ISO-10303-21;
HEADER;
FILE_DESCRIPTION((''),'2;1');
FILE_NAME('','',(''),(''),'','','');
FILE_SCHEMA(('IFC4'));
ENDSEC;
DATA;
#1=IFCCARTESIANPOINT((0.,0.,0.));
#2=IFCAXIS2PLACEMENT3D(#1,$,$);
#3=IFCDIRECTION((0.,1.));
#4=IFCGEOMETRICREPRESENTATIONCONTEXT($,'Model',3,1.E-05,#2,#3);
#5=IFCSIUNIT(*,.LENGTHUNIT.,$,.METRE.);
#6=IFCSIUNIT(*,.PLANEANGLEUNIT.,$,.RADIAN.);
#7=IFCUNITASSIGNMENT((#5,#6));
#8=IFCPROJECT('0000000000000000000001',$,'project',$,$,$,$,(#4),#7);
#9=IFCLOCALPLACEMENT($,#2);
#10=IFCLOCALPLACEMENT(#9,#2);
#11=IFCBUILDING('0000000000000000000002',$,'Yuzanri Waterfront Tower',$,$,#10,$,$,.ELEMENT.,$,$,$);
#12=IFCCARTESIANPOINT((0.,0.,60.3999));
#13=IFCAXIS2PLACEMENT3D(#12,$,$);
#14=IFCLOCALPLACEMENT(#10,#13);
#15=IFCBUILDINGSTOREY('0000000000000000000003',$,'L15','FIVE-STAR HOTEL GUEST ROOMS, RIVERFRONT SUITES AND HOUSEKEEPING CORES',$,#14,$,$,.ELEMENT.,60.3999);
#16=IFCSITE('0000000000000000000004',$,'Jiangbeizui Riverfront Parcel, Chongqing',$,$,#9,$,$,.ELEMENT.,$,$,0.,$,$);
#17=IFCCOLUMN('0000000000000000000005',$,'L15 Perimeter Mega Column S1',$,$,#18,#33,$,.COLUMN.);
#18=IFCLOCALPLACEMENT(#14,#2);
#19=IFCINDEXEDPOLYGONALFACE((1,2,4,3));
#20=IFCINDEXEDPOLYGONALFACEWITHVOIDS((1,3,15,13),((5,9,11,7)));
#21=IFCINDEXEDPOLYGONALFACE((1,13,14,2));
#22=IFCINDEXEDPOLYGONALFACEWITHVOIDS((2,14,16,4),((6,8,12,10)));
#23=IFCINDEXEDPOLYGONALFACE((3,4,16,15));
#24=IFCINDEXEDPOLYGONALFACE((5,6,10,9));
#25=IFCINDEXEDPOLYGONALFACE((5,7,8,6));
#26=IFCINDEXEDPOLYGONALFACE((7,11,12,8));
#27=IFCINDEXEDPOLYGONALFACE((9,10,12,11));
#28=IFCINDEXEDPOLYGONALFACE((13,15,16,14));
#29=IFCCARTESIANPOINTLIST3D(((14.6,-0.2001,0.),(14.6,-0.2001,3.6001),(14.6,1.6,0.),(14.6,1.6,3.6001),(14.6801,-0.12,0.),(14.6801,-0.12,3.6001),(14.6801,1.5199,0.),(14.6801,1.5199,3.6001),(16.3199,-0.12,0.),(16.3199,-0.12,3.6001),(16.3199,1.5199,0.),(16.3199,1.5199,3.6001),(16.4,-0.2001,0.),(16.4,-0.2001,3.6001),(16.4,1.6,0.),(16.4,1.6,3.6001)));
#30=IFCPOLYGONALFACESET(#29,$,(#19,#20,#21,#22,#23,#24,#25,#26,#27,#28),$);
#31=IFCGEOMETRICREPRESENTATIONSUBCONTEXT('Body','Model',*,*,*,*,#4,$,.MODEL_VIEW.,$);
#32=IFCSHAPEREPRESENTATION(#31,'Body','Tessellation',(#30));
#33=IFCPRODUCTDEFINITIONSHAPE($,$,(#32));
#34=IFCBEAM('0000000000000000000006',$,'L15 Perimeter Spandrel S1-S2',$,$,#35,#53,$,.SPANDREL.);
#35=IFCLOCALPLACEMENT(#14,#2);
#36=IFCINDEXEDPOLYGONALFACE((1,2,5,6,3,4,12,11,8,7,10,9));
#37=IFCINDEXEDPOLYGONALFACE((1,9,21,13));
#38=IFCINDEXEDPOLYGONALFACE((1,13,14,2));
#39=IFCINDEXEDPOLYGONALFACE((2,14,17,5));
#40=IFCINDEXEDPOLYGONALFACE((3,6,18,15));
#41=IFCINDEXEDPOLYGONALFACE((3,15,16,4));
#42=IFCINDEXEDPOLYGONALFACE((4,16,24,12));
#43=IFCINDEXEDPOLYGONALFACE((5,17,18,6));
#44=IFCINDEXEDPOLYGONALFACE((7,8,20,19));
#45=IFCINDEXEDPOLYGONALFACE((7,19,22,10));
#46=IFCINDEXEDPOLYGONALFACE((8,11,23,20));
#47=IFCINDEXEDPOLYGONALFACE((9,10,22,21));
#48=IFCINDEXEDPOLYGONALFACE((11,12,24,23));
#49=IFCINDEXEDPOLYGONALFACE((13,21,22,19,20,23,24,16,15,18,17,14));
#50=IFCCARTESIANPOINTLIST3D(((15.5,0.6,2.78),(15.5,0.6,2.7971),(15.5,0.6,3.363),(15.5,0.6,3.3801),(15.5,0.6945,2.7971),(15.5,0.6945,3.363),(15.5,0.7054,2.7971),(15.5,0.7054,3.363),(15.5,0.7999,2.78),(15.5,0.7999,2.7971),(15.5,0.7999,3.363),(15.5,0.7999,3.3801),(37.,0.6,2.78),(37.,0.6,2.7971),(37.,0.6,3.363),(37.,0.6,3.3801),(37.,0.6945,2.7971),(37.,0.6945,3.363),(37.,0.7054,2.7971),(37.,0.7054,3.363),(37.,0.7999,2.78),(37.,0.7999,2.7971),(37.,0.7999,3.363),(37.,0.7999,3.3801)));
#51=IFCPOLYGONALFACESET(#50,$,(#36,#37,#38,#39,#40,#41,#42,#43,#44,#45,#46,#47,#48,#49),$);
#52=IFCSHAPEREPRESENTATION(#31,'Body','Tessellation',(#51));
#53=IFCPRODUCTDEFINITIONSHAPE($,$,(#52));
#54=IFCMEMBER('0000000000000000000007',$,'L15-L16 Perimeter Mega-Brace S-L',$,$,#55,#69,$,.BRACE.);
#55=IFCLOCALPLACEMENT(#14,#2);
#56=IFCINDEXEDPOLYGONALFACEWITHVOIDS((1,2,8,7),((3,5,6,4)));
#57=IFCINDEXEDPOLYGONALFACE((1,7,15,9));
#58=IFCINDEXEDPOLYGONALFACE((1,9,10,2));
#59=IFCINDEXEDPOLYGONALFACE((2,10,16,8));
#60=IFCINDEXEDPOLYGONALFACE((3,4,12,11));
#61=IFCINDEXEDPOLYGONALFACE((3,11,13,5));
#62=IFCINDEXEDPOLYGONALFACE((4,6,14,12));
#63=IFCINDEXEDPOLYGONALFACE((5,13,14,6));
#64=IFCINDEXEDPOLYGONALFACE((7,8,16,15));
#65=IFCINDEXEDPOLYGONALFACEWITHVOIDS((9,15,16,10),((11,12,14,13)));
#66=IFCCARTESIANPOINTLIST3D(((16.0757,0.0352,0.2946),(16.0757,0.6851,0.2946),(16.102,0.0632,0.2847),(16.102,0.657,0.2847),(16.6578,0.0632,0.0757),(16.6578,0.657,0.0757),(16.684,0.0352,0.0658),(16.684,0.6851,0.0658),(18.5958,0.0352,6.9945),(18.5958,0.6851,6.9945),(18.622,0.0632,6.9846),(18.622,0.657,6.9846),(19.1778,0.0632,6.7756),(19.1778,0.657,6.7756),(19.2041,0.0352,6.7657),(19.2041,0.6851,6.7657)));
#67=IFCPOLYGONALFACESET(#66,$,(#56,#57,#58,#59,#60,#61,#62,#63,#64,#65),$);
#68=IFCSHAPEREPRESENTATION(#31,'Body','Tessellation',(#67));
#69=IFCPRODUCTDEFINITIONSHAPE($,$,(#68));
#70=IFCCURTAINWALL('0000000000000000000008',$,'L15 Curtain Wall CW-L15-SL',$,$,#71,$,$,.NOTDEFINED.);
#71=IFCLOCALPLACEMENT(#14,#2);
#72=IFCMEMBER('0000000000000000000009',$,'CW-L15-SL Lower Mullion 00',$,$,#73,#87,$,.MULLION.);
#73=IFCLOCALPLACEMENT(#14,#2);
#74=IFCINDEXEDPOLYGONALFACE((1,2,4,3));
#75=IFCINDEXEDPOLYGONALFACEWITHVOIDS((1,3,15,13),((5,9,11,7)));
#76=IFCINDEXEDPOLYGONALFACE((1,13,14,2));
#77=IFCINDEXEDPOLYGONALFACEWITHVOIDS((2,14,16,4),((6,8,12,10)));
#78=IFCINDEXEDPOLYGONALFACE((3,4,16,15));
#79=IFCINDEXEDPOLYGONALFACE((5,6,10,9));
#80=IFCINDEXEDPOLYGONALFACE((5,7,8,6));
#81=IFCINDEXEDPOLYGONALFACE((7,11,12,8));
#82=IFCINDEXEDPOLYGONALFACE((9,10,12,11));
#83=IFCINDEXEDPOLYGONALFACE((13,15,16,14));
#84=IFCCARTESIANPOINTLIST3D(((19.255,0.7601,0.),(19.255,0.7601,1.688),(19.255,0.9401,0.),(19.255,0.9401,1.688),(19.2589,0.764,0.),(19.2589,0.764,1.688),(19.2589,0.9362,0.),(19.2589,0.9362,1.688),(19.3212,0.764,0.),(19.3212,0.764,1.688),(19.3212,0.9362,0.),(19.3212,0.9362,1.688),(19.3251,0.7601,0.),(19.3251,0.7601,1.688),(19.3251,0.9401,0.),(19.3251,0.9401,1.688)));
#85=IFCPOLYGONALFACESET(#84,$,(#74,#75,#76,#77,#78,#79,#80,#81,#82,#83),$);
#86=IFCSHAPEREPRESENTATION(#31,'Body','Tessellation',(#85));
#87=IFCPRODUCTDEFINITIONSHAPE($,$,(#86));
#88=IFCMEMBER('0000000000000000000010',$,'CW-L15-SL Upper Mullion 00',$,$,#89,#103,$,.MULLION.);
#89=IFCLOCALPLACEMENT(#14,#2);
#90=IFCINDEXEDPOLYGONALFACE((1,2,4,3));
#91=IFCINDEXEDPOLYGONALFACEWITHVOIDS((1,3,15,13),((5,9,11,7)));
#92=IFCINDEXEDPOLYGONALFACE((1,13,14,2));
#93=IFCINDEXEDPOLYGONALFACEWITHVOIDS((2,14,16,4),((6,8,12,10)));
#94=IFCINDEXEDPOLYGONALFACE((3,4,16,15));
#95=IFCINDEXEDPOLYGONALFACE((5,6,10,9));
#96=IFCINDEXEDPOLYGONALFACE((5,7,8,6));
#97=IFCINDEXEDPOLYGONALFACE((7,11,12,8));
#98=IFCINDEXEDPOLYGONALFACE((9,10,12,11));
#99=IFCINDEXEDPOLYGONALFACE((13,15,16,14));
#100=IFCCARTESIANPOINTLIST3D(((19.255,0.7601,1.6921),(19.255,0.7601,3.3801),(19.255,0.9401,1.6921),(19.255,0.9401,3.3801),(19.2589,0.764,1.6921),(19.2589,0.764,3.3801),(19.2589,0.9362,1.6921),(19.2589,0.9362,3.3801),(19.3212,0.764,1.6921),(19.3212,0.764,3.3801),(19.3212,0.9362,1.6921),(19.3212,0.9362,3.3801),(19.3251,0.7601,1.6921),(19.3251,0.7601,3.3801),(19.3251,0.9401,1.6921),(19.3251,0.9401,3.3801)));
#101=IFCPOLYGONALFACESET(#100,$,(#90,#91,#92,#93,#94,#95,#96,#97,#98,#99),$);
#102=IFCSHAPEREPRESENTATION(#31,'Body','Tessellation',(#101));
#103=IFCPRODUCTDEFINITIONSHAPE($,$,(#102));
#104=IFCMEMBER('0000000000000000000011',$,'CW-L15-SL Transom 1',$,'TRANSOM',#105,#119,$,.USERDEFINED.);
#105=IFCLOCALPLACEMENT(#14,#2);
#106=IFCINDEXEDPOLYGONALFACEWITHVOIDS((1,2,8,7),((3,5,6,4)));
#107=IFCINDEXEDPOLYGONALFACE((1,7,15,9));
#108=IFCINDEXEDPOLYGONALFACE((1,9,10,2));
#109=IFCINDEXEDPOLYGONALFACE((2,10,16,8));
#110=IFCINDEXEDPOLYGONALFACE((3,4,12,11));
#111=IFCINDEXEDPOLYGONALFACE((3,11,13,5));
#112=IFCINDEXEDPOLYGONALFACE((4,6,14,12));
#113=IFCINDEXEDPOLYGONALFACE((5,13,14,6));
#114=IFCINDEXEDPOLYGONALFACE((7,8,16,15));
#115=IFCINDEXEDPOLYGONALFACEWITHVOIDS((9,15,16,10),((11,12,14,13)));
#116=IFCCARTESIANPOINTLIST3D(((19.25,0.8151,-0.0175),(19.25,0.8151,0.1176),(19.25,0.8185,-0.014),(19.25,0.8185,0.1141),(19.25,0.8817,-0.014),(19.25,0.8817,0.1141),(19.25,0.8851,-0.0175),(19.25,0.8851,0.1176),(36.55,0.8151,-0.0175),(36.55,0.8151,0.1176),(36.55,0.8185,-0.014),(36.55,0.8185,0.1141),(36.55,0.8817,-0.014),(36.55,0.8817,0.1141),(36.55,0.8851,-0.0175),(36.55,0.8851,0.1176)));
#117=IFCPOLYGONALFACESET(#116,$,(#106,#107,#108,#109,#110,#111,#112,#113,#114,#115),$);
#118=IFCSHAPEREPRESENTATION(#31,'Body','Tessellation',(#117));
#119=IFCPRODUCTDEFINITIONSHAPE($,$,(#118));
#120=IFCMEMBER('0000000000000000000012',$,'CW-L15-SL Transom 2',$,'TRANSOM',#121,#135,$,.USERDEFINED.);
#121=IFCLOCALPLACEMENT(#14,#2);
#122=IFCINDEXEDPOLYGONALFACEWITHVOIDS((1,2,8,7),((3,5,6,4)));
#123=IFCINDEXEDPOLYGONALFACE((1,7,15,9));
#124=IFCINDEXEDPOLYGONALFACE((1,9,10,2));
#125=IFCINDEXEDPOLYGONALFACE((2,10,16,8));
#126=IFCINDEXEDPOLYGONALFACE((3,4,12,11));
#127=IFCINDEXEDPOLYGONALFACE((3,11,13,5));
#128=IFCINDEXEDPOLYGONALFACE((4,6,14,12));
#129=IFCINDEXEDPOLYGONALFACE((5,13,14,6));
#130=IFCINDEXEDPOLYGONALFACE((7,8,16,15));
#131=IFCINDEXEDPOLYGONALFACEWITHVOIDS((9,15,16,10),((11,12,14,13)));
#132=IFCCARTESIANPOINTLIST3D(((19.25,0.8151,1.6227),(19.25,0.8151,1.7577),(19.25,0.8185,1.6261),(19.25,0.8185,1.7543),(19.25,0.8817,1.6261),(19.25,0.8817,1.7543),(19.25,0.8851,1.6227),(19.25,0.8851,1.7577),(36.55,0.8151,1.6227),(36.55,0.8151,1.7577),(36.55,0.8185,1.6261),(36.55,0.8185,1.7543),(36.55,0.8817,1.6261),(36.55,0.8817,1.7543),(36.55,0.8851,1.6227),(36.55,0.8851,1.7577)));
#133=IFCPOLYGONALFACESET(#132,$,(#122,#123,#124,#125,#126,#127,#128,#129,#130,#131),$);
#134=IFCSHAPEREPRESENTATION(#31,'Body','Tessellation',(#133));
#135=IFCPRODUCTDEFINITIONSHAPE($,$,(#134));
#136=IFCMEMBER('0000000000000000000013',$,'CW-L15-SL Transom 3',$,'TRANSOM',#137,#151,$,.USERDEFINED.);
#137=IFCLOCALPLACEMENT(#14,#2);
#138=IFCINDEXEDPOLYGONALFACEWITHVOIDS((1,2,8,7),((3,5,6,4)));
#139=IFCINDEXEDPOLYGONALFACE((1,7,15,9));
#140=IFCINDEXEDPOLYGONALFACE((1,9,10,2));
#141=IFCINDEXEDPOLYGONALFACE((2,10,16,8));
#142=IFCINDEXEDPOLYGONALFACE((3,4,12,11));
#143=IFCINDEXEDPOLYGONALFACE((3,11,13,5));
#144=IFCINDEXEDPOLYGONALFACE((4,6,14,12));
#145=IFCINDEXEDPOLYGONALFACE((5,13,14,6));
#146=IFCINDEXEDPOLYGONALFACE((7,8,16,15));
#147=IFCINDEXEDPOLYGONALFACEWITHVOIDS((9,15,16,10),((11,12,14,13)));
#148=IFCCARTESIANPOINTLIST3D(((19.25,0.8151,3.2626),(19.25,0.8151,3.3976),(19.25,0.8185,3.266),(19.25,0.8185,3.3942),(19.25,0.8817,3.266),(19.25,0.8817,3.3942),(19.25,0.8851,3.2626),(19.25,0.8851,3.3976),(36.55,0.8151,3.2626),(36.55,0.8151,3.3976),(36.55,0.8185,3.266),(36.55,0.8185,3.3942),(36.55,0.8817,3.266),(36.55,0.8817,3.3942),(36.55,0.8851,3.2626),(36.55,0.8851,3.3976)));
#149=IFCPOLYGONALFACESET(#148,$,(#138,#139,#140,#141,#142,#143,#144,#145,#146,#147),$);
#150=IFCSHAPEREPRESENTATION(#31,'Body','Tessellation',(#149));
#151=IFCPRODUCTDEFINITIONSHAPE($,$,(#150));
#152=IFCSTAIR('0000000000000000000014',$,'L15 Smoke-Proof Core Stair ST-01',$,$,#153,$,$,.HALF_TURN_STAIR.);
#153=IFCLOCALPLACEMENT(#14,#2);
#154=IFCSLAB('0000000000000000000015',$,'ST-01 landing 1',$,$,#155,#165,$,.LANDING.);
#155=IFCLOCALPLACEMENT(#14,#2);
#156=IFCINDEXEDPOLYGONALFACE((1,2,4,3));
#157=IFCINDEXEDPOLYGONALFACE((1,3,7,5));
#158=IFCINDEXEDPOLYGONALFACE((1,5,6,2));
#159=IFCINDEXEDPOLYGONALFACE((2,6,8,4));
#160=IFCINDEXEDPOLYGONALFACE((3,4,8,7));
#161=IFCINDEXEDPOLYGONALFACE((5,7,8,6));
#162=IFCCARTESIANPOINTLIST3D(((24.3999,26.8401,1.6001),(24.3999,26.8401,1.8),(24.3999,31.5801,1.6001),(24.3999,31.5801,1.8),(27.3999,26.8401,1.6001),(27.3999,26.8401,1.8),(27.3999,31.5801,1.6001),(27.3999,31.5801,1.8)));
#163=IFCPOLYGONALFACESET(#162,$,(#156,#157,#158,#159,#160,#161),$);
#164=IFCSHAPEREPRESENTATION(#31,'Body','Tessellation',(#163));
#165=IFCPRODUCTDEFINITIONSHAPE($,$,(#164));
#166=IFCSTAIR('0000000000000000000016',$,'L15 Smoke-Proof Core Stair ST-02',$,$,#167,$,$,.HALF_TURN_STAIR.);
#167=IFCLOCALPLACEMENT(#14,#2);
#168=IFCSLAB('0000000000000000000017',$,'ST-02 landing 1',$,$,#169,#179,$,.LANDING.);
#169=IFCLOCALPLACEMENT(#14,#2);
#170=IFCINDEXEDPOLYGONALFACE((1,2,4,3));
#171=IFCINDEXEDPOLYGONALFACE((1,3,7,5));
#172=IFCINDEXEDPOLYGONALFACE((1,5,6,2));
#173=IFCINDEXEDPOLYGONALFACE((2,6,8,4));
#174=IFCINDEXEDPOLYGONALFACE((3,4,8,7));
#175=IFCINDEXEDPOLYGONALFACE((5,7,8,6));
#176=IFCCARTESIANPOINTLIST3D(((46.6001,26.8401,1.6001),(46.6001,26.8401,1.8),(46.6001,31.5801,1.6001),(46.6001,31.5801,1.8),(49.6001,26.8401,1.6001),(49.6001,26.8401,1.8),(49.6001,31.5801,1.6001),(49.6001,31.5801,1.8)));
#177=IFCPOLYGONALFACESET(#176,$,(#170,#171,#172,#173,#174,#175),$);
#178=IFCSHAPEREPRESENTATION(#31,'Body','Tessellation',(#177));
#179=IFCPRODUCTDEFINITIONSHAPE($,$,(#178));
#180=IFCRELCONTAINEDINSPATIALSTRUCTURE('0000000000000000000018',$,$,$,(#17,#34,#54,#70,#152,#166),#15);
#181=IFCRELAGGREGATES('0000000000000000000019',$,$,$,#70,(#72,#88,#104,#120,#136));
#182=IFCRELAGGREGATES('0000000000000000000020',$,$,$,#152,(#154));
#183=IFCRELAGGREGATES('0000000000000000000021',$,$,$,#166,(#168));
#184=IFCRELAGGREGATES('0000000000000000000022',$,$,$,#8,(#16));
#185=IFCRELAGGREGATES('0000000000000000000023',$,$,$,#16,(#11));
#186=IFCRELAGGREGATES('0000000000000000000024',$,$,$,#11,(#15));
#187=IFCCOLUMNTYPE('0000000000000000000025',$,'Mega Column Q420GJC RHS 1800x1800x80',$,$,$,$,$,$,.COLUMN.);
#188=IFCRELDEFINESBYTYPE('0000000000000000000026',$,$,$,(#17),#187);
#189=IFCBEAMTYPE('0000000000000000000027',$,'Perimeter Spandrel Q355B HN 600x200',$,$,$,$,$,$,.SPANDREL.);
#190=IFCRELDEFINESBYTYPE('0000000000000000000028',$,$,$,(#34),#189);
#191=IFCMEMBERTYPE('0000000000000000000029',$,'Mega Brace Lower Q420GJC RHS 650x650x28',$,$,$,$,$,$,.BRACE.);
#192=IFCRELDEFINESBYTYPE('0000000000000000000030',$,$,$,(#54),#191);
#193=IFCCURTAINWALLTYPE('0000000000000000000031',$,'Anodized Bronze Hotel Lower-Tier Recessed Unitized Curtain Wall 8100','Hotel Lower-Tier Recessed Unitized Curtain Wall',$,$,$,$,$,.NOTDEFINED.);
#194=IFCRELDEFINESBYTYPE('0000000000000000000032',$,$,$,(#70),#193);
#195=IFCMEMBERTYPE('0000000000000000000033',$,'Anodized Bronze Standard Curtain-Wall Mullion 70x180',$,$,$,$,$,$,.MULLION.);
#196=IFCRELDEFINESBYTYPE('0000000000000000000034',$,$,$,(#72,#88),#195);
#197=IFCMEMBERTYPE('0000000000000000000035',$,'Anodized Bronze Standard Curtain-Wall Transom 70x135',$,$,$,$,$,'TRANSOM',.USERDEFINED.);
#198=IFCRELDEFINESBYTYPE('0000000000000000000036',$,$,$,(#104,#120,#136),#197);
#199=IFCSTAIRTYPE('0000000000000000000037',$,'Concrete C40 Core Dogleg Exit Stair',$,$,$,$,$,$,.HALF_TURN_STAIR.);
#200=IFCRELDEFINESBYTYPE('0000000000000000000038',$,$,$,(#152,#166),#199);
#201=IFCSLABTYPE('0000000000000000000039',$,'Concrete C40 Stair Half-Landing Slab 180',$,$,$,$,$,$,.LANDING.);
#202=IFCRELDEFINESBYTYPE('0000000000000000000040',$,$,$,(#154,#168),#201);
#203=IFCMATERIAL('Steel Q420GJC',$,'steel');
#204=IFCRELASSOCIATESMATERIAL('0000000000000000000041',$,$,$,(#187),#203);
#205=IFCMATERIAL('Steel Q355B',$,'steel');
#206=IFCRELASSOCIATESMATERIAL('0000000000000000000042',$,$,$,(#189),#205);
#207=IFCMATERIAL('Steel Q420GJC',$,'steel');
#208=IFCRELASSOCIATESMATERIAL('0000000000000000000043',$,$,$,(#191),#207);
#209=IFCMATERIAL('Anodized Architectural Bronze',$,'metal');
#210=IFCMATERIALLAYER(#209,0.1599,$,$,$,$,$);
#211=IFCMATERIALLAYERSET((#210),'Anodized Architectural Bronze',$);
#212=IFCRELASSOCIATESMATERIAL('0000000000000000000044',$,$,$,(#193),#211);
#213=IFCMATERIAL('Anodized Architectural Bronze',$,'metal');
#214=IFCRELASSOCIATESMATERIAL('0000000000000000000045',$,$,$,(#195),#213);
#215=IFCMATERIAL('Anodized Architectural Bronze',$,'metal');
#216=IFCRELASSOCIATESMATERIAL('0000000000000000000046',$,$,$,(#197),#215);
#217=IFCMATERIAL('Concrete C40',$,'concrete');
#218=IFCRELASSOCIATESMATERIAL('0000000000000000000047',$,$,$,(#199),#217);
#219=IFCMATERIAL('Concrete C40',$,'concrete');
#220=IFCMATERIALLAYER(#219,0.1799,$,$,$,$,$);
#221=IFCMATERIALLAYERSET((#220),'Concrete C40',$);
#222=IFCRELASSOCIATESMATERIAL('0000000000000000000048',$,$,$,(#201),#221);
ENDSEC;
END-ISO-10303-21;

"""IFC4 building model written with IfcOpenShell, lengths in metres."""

from ifc_helpers import new_model, si_unit, direction, frame, origin, origin_2d, place, context, subcontext, project, spatial, polyline, hollow_rectangle, i_section, outline, extrude, source, transform, mapped, material, layer, layer_set, material_profile, profile_set, type_object, element, aggregate, save


model = new_model("IFC4")

# Units and contexts
model_context = context("Model", 3, precision=1e-05, world=origin(), true_north=direction((0.0, 1.0)))
body_context = subcontext(model_context, "Body", "Model", "MODEL_VIEW")
ifc_project = project(units=[si_unit("LENGTHUNIT", "METRE"), si_unit("PLANEANGLEUNIT", "RADIAN")], contexts=[model_context])

# Site, building, storey
site_placement = place(None, origin())
site = spatial("IfcSite", under=ifc_project, at=site_placement, Name="Jiangbeizui Riverfront Parcel, Chongqing", CompositionType="ELEMENT", RefElevation=0.0)
building_placement = place(site_placement, origin())
building = spatial("IfcBuilding", under=site, at=building_placement, Name="Yuzanri Waterfront Tower", CompositionType="ELEMENT")
storey_placement = place(building_placement, frame((0.0, 0.0, 60.3999)))
storey = spatial("IfcBuildingStorey", under=building, at=storey_placement, Name="L15", Description="FIVE-STAR HOTEL GUEST ROOMS, RIVERFRONT SUITES AND HOUSEKEEPING CORES", CompositionType="ELEMENT", Elevation=60.3999)

# Column
ifc_material_1 = material(Name="Steel Q420GJC", Category="steel")
ifc_material_profile_1 = material_profile(ifc_material_1, hollow_rectangle(XDim=1.8, YDim=1.8, WallThickness=0.0801, at=origin_2d()), Name="RHS 1800x1800x80")
ifc_profile_set_1 = profile_set([ifc_material_profile_1], Name="Steel Q420GJC")
column_type = type_object("IfcColumnType", Name="Mega Column Q420GJC RHS 1800x1800x80", PredefinedType="COLUMN", material=ifc_profile_set_1)
shared_shape_1 = source(origin(), body_context, "Body", "SweptSolid", [
    extrude(hollow_rectangle(XDim=1.8, YDim=1.8, WallThickness=0.0801, at=origin_2d()), origin(), (0.0, 0.0, 1.0), 3.6001),
])
column_placement = place(storey_placement, frame((15.5, 0.7, 0.0), z_axis=(0.0, 0.0, 1.0), x_axis=(1.0, 0.0, 0.0)))
element("IfcColumn", 1, at=column_placement, inside=storey, type_object=column_type, Name="L15 Perimeter Mega Column S1", PredefinedType="COLUMN", context=body_context, shape_type="MappedRepresentation", body=[
    mapped(shared_shape_1, transform((0.0, 0.0, 0.0), scale=1.0)),
])

# Beam
ifc_material_2 = material(Name="Steel Q355B", Category="steel")
ifc_material_profile_2 = material_profile(ifc_material_2, i_section(OverallWidth=0.2, OverallDepth=0.6001, WebThickness=0.011, FlangeThickness=0.0171, at=origin_2d()), Name="HN 600x200x11x17")
ifc_profile_set_2 = profile_set([ifc_material_profile_2], Name="Steel Q355B")
beam_type = type_object("IfcBeamType", Name="Perimeter Spandrel Q355B HN 600x200", PredefinedType="SPANDREL", material=ifc_profile_set_2)
shared_shape_2 = source(origin(), body_context, "Body", "SweptSolid", [
    extrude(i_section(OverallWidth=0.2, OverallDepth=0.6001, WebThickness=0.011, FlangeThickness=0.0171, at=origin_2d()), origin(), (0.0, 0.0, 1.0), 21.5),
])
beam_placement = place(storey_placement, frame((15.5, 0.7, 3.0801), z_axis=(1.0, 0.0, 0.0), x_axis=(0.0, 1.0, 0.0)))
element("IfcBeam", 2, at=beam_placement, inside=storey, type_object=beam_type, Name="L15 Perimeter Spandrel S1-S2", PredefinedType="SPANDREL", context=body_context, shape_type="MappedRepresentation", body=[
    mapped(shared_shape_2, transform((0.0, 0.0, 0.0), scale=1.0)),
])

# Member
ifc_material_3 = material(Name="Steel Q420GJC", Category="steel")
ifc_material_profile_3 = material_profile(ifc_material_3, hollow_rectangle(XDim=0.6499, YDim=0.6499, WallThickness=0.0281, at=origin_2d()), Name="RHS 650x650x28")
ifc_profile_set_3 = profile_set([ifc_material_profile_3], Name="Steel Q420GJC")
member_type_1 = type_object("IfcMemberType", Name="Mega Brace Lower Q420GJC RHS 650x650x28", PredefinedType="BRACE", material=ifc_profile_set_3)
shared_shape_3 = source(origin(), body_context, "Body", "SweptSolid", [
    extrude(hollow_rectangle(XDim=0.6499, YDim=0.6499, WallThickness=0.0281, at=origin_2d()), origin(), (0.0, 0.0, 1.0), 7.1582),
])
member_1_placement = place(storey_placement, frame((16.3799, 0.3601, 0.1802), z_axis=(0.352046, 0.0, 0.935983), x_axis=(0.0, 1.0, 0.0)))
element("IfcMember", 3, at=member_1_placement, inside=storey, type_object=member_type_1, Name="L15-L16 Perimeter Mega-Brace S-L", PredefinedType="BRACE", context=body_context, shape_type="MappedRepresentation", body=[
    mapped(shared_shape_3, transform((0.0, 0.0, 0.0), scale=1.0)),
])

# Curtain wall, members
ifc_material_4 = material(Name="Anodized Architectural Bronze", Category="metal")
ifc_layer_1 = layer(ifc_material_4, 0.1599)
ifc_layer_set_1 = layer_set([ifc_layer_1], Name="Anodized Architectural Bronze")
curtain_wall_type = type_object("IfcCurtainWallType", Name="Anodized Bronze Hotel Lower-Tier Recessed Unitized Curtain Wall 8100", Description="Hotel Lower-Tier Recessed Unitized Curtain Wall", PredefinedType="NOTDEFINED", material=ifc_layer_set_1)
curtain_wall_placement = place(storey_placement, origin())
curtain_wall = element("IfcCurtainWall", 4, at=curtain_wall_placement, inside=storey, type_object=curtain_wall_type, Name="L15 Curtain Wall CW-L15-SL", PredefinedType="NOTDEFINED")
ifc_material_5 = material(Name="Anodized Architectural Bronze", Category="metal")
ifc_material_profile_4 = material_profile(ifc_material_5, hollow_rectangle(XDim=0.0701, YDim=0.1799, WallThickness=0.0039, at=origin_2d()), Name="CWM 70x180")
ifc_profile_set_4 = profile_set([ifc_material_profile_4], Name="Anodized Architectural Bronze")
member_type_2 = type_object("IfcMemberType", Name="Anodized Bronze Standard Curtain-Wall Mullion 70x180", PredefinedType="MULLION", material=ifc_profile_set_4)
shared_shape_4 = source(origin(), body_context, "Body", "SweptSolid", [
    extrude(hollow_rectangle(XDim=0.0701, YDim=0.1799, WallThickness=0.0039, at=origin_2d()), origin(), (0.0, 0.0, 1.0), 1.688),
])
member_2_placement = place(storey_placement, frame((19.29, 0.8501, 0.0), z_axis=(0.0, 0.0, 1.0), x_axis=(1.0, 0.0, 0.0)))
member_2 = element("IfcMember", 5, at=member_2_placement, type_object=member_type_2, Name="CW-L15-SL Lower Mullion 00", PredefinedType="MULLION", context=body_context, shape_type="MappedRepresentation", body=[
    mapped(shared_shape_4, transform((0.0, 0.0, 0.0), scale=1.0)),
])
member_3_placement = place(storey_placement, frame((19.29, 0.8501, 1.6921), z_axis=(0.0, 0.0, 1.0), x_axis=(1.0, 0.0, 0.0)))
member_3 = element("IfcMember", 6, at=member_3_placement, type_object=member_type_2, Name="CW-L15-SL Upper Mullion 00", PredefinedType="MULLION", context=body_context, shape_type="MappedRepresentation", body=[
    mapped(shared_shape_4, transform((0.0, 0.0, 0.0), scale=1.0)),
])
ifc_material_6 = material(Name="Anodized Architectural Bronze", Category="metal")
ifc_material_profile_5 = material_profile(ifc_material_6, hollow_rectangle(XDim=0.0701, YDim=0.135, WallThickness=0.0034, at=origin_2d()), Name="CWT 70x135")
ifc_profile_set_5 = profile_set([ifc_material_profile_5], Name="Anodized Architectural Bronze")
member_type_3 = type_object("IfcMemberType", Name="Anodized Bronze Standard Curtain-Wall Transom 70x135", ElementType="TRANSOM", PredefinedType="USERDEFINED", material=ifc_profile_set_5)
shared_shape_5 = source(origin(), body_context, "Body", "SweptSolid", [
    extrude(hollow_rectangle(XDim=0.0701, YDim=0.135, WallThickness=0.0034, at=origin_2d()), origin(), (0.0, 0.0, 1.0), 17.3),
])
member_4_placement = place(storey_placement, frame((19.25, 0.8501, 0.05), z_axis=(1.0, 0.0, 0.0), x_axis=(0.0, 1.0, 0.0)))
member_4 = element("IfcMember", 7, at=member_4_placement, type_object=member_type_3, Name="CW-L15-SL Transom 1", ObjectType="TRANSOM", PredefinedType="USERDEFINED", context=body_context, shape_type="MappedRepresentation", body=[
    mapped(shared_shape_5, transform((0.0, 0.0, 0.0), scale=1.0)),
])
member_5_placement = place(storey_placement, frame((19.25, 0.8501, 1.6902), z_axis=(1.0, 0.0, 0.0), x_axis=(0.0, 1.0, 0.0)))
member_5 = element("IfcMember", 8, at=member_5_placement, type_object=member_type_3, Name="CW-L15-SL Transom 2", ObjectType="TRANSOM", PredefinedType="USERDEFINED", context=body_context, shape_type="MappedRepresentation", body=[
    mapped(shared_shape_5, transform((0.0, 0.0, 0.0), scale=1.0)),
])
member_6_placement = place(storey_placement, frame((19.25, 0.8501, 3.3301), z_axis=(1.0, 0.0, 0.0), x_axis=(0.0, 1.0, 0.0)))
member_6 = element("IfcMember", 9, at=member_6_placement, type_object=member_type_3, Name="CW-L15-SL Transom 3", ObjectType="TRANSOM", PredefinedType="USERDEFINED", context=body_context, shape_type="MappedRepresentation", body=[
    mapped(shared_shape_5, transform((0.0, 0.0, 0.0), scale=1.0)),
])
aggregate(curtain_wall, [member_2, member_3, member_4, member_5, member_6])

# Stairs, slabs
ifc_material_7 = material(Name="Concrete C40", Category="concrete")
stair_type = type_object("IfcStairType", Name="Concrete C40 Core Dogleg Exit Stair", PredefinedType="HALF_TURN_STAIR", material=ifc_material_7)
stair_1_placement = place(storey_placement, origin())
stair_1 = element("IfcStair", 10, at=stair_1_placement, inside=storey, type_object=stair_type, Name="L15 Smoke-Proof Core Stair ST-01", PredefinedType="HALF_TURN_STAIR")
ifc_material_8 = material(Name="Concrete C40", Category="concrete")
ifc_layer_2 = layer(ifc_material_8, 0.1799)
ifc_layer_set_2 = layer_set([ifc_layer_2], Name="Concrete C40")
slab_type_1 = type_object("IfcSlabType", Name="Concrete C40 Stair Half-Landing Slab 180", PredefinedType="LANDING", material=ifc_layer_set_2)
slab_1_placement = place(storey_placement, frame((0.0, 0.0, 1.6001)))
slab_1 = element("IfcSlab", 11, at=slab_1_placement, type_object=slab_type_1, Name="ST-01 landing 1", PredefinedType="LANDING", context=body_context, shape_type="SweptSolid", body=[
    extrude(outline(polyline([(27.3999, 26.8401), (27.3999, 31.5801), (24.3999, 31.5801), (24.3999, 26.8401), (27.3999, 26.8401)])), origin(), (0.0, 0.0, 1.0), 0.2),
])
aggregate(stair_1, [slab_1])
stair_2_placement = place(storey_placement, origin())
stair_2 = element("IfcStair", 12, at=stair_2_placement, inside=storey, type_object=stair_type, Name="L15 Smoke-Proof Core Stair ST-02", PredefinedType="HALF_TURN_STAIR")
slab_2_placement = place(storey_placement, frame((0.0, 0.0, 1.6001)))
slab_2 = element("IfcSlab", 13, at=slab_2_placement, type_object=slab_type_1, Name="ST-02 landing 1", PredefinedType="LANDING", context=body_context, shape_type="SweptSolid", body=[
    extrude(outline(polyline([(49.6001, 26.8401), (49.6001, 31.5801), (46.6001, 31.5801), (46.6001, 26.8401), (49.6001, 26.8401)])), origin(), (0.0, 0.0, 1.0), 0.2),
])
aggregate(stair_2, [slab_2])

save(model, "model.ifc")
